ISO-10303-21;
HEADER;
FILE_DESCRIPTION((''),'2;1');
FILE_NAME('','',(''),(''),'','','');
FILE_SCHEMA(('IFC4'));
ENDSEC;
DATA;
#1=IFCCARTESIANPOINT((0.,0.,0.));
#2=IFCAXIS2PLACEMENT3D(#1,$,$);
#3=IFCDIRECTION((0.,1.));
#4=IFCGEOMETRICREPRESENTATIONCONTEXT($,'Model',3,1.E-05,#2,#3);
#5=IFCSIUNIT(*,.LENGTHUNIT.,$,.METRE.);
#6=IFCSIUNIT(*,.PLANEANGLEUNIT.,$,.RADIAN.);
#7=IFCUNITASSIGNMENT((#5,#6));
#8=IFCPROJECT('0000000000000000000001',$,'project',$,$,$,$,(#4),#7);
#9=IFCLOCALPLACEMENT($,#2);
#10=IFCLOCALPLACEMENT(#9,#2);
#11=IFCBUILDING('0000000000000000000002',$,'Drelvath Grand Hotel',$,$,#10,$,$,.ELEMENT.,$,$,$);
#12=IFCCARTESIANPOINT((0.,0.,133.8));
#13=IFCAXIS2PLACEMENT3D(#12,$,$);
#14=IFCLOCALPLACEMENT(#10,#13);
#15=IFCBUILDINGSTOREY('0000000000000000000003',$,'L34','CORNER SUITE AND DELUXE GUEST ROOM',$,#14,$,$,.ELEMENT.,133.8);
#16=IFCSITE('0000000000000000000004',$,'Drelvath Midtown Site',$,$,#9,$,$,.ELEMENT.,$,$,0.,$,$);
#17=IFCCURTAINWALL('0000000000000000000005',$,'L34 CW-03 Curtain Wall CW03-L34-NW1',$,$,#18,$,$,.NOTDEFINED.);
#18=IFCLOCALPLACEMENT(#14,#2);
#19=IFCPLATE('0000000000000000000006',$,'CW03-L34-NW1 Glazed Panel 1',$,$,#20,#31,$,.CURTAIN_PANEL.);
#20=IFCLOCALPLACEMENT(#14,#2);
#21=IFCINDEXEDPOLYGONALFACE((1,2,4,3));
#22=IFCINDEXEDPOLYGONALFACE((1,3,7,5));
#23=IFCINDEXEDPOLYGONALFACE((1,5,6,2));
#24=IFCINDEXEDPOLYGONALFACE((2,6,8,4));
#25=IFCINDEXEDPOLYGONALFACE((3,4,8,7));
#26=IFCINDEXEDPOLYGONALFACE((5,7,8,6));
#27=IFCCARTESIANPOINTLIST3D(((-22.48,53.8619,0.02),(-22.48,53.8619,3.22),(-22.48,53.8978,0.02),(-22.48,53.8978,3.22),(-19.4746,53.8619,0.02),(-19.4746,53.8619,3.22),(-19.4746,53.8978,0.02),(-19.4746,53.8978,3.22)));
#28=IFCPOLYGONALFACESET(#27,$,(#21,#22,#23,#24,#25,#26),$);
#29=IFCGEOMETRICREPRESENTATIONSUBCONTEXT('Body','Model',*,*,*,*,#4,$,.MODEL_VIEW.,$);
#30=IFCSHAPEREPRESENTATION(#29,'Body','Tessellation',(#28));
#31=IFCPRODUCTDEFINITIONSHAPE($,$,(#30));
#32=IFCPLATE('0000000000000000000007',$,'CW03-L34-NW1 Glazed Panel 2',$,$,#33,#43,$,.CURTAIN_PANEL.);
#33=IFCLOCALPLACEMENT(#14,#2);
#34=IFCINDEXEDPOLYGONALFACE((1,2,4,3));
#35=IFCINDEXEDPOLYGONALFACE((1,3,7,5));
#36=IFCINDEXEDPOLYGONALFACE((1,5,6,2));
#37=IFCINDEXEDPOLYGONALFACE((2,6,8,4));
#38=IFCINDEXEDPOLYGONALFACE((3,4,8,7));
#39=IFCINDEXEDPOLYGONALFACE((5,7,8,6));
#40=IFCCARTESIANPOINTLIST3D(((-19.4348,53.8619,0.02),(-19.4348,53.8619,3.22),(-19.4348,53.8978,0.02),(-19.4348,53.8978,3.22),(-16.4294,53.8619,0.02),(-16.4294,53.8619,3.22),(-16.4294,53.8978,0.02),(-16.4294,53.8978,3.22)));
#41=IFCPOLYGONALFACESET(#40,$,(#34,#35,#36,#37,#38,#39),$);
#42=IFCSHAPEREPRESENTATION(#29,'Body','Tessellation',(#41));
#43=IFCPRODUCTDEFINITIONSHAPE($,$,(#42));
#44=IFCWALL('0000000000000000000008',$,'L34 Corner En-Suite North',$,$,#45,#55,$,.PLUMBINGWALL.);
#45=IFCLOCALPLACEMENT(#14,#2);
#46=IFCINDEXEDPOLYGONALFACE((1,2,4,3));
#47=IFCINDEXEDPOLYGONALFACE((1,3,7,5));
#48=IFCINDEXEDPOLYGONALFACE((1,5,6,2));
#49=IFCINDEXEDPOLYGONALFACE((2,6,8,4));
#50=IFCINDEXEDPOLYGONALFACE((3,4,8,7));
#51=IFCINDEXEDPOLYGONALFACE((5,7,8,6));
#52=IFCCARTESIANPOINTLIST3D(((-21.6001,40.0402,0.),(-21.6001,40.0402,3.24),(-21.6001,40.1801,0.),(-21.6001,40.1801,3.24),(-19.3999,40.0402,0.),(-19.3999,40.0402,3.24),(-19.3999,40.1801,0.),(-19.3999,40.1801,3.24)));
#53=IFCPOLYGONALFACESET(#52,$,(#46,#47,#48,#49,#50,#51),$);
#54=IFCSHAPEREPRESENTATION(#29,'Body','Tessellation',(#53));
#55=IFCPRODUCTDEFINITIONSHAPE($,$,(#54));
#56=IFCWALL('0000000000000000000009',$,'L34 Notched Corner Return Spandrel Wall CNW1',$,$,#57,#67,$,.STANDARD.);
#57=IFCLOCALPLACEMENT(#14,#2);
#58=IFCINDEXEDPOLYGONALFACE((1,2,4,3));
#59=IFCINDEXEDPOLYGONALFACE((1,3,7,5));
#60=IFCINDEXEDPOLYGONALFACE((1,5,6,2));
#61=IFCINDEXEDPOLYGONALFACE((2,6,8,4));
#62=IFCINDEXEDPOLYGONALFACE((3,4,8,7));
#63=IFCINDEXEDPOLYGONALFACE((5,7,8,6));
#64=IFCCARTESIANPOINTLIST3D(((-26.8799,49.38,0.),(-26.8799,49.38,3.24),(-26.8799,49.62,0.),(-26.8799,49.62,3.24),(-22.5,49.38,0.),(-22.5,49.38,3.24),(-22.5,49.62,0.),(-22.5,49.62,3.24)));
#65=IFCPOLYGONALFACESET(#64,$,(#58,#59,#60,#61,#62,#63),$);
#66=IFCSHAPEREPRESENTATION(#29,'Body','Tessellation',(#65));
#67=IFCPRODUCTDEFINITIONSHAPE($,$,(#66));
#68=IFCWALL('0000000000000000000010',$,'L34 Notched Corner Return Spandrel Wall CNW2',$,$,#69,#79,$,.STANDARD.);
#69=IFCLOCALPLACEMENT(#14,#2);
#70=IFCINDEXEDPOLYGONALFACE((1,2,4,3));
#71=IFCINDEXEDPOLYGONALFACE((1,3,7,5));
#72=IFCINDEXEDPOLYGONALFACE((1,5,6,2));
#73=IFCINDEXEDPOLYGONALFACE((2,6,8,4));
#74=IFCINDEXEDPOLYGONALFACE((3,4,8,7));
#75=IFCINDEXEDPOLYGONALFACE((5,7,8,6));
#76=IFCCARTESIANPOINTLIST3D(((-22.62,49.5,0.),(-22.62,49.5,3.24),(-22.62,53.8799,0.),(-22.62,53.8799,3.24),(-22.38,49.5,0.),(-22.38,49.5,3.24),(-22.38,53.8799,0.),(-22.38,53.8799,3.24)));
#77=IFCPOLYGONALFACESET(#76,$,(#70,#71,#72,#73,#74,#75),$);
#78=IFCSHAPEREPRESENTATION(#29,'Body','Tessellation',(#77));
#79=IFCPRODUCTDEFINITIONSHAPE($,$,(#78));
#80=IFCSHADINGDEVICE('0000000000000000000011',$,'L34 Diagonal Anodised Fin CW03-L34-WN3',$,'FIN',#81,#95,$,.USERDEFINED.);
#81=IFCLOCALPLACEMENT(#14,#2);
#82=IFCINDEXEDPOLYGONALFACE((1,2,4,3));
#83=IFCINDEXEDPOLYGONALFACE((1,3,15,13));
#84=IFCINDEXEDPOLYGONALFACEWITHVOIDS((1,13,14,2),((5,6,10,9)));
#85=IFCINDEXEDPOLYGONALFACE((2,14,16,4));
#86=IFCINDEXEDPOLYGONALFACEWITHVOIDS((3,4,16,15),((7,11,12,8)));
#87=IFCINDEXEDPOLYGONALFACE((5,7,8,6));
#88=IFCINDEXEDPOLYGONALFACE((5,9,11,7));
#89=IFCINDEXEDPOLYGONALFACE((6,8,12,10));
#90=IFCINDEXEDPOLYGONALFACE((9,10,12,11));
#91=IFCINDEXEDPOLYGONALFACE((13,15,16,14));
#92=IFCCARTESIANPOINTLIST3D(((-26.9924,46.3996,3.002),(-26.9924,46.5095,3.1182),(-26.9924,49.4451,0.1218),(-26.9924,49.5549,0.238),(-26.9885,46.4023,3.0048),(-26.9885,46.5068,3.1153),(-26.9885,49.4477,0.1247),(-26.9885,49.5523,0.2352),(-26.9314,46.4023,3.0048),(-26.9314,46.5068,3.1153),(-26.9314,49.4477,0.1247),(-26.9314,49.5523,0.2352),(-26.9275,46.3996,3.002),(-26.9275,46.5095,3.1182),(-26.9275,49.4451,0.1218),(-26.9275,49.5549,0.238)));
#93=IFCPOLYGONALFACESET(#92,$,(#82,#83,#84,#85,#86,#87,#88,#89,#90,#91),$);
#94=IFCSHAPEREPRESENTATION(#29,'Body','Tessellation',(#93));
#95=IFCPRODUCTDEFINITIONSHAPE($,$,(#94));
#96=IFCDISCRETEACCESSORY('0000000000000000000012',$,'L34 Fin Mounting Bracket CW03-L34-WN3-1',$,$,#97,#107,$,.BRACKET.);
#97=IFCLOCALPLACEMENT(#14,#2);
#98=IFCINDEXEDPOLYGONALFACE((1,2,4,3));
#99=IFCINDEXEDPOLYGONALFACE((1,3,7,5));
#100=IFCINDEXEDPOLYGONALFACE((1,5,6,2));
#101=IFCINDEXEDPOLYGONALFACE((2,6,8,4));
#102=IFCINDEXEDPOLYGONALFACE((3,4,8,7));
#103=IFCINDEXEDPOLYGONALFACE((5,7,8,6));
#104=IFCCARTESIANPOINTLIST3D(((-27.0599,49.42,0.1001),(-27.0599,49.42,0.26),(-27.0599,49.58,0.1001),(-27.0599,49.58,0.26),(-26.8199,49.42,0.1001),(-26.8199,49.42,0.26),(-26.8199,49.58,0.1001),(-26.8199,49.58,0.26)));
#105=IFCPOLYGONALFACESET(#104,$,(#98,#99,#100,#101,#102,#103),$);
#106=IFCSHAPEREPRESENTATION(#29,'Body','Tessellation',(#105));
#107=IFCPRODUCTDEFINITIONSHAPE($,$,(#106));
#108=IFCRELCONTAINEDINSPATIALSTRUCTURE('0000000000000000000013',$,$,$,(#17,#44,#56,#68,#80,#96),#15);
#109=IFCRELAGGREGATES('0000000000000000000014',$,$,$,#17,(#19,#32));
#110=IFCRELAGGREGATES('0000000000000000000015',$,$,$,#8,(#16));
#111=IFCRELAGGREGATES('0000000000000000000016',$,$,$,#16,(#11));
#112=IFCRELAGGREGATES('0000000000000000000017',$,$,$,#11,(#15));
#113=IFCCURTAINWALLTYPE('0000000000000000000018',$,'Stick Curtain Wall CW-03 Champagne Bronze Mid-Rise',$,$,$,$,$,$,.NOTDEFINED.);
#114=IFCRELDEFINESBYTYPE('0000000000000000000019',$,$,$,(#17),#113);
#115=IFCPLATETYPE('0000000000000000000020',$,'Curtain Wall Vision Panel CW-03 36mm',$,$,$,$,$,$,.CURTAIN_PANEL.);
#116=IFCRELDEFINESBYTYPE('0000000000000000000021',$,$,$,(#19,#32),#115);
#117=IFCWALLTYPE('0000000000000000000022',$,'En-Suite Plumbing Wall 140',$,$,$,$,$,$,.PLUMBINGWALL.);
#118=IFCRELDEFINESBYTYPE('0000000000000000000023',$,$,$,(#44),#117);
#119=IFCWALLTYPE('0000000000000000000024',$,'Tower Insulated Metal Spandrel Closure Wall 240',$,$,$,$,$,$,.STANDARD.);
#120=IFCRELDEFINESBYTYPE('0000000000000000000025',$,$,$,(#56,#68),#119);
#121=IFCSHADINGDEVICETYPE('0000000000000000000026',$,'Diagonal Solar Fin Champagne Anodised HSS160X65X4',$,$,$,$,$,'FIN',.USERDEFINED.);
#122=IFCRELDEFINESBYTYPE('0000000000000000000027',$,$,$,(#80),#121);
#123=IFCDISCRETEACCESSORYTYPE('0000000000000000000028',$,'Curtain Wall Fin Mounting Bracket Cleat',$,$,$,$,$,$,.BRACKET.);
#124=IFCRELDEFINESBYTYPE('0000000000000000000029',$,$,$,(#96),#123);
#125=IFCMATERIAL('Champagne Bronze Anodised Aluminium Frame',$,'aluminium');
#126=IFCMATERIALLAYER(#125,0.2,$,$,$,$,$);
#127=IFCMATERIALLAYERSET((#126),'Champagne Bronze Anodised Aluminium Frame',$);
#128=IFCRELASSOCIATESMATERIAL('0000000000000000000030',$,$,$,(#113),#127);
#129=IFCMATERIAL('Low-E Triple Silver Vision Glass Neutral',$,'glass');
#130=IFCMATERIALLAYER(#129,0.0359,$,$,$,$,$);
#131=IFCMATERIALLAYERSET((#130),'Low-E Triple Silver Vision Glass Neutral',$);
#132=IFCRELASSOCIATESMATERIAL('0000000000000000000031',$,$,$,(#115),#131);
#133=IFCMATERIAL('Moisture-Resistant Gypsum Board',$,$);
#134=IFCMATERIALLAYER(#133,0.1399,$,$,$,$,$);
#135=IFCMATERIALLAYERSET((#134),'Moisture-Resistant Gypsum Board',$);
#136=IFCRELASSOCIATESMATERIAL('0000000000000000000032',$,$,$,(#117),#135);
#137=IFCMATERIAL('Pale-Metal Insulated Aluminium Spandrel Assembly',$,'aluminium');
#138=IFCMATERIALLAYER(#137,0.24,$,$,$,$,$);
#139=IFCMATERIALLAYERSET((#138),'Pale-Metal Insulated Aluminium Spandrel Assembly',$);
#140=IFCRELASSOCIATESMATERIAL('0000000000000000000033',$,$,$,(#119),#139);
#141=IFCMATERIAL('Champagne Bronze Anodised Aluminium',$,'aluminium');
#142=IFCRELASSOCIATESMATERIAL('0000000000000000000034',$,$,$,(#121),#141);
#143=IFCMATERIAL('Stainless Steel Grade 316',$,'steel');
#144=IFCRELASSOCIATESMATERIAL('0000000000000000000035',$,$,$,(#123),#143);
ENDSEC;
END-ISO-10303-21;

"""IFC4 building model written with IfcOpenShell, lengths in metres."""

from ifc_helpers import new_model, si_unit, direction, frame, frame_2d, origin, origin_2d, place, context, subcontext, project, spatial, rectangle, hollow_rectangle, extrude, material, layer, layer_set, material_profile, profile_set, type_object, element, aggregate, save


model = new_model("IFC4")

# Units and contexts
model_context = context("Model", 3, precision=1e-05, world=origin(), true_north=direction((0.0, 1.0)))
body_context = subcontext(model_context, "Body", "Model", "MODEL_VIEW")
ifc_project = project(units=[si_unit("LENGTHUNIT", "METRE"), si_unit("PLANEANGLEUNIT", "RADIAN")], contexts=[model_context])

# Site, building, storey
site_placement = place(None, origin())
site = spatial("IfcSite", under=ifc_project, at=site_placement, Name="Drelvath Midtown Site", CompositionType="ELEMENT", RefElevation=0.0)
building_placement = place(site_placement, origin())
building = spatial("IfcBuilding", under=site, at=building_placement, Name="Drelvath Grand Hotel", CompositionType="ELEMENT")
storey_placement = place(building_placement, frame((0.0, 0.0, 133.8)))
storey = spatial("IfcBuildingStorey", under=building, at=storey_placement, Name="L34", Description="CORNER SUITE AND DELUXE GUEST ROOM", CompositionType="ELEMENT", Elevation=133.8)

# Curtain wall
ifc_material_1 = material(Name="Champagne Bronze Anodised Aluminium Frame", Category="aluminium")
ifc_layer_1 = layer(ifc_material_1, 0.2)
ifc_layer_set_1 = layer_set([ifc_layer_1], Name="Champagne Bronze Anodised Aluminium Frame")
curtain_wall_type = type_object("IfcCurtainWallType", Name="Stick Curtain Wall CW-03 Champagne Bronze Mid-Rise", PredefinedType="NOTDEFINED", material=ifc_layer_set_1)
curtain_wall_1_placement = place(storey_placement, origin())
curtain_wall_1 = element("IfcCurtainWall", 1, at=curtain_wall_1_placement, inside=storey, type_object=curtain_wall_type, Name="L34 CW-03 Curtain Wall CW03-L34-NW1", PredefinedType="NOTDEFINED")

# Plates
ifc_material_2 = material(Name="Low-E Triple Silver Vision Glass Neutral", Category="glass")
ifc_layer_2 = layer(ifc_material_2, 0.0359)
ifc_layer_set_2 = layer_set([ifc_layer_2], Name="Low-E Triple Silver Vision Glass Neutral")
plate_type = type_object("IfcPlateType", Name="Curtain Wall Vision Panel CW-03 36mm", PredefinedType="CURTAIN_PANEL", material=ifc_layer_set_2)
plate_1_placement = place(storey_placement, frame((-20.9773, 53.8799, 0.02), z_axis=(0.0, 0.0, 1.0), x_axis=(1.0, 0.0, 0.0)))
plate_1 = element("IfcPlate", 2, at=plate_1_placement, type_object=plate_type, Name="CW03-L34-NW1 Glazed Panel 1", PredefinedType="CURTAIN_PANEL", context=body_context, shape_type="SweptSolid", body=[
    extrude(rectangle(XDim=3.0054, YDim=0.0359, at=origin_2d()), origin(), (0.0, 0.0, 1.0), 3.2),
])
plate_2_placement = place(storey_placement, frame((-17.9321, 53.8799, 0.02), z_axis=(0.0, 0.0, 1.0), x_axis=(1.0, 0.0, 0.0)))
plate_2 = element("IfcPlate", 3, at=plate_2_placement, type_object=plate_type, Name="CW03-L34-NW1 Glazed Panel 2", PredefinedType="CURTAIN_PANEL", context=body_context, shape_type="SweptSolid", body=[
    extrude(rectangle(XDim=3.0054, YDim=0.0359, at=origin_2d()), origin(), (0.0, 0.0, 1.0), 3.2),
])
aggregate(curtain_wall_1, [plate_1, plate_2])

# Walls
ifc_material_3 = material(Name="Moisture-Resistant Gypsum Board")
ifc_layer_3 = layer(ifc_material_3, 0.1399)
ifc_layer_set_3 = layer_set([ifc_layer_3], Name="Moisture-Resistant Gypsum Board")
wall_type_1 = type_object("IfcWallType", Name="En-Suite Plumbing Wall 140", PredefinedType="PLUMBINGWALL", material=ifc_layer_set_3)
wall_placement = place(storey_placement, frame((-21.6001, 40.1101, 0.0), z_axis=(0.0, 0.0, 1.0), x_axis=(1.0, 0.0, 0.0)))
element("IfcWall", 4, at=wall_placement, inside=storey, type_object=wall_type_1, Name="L34 Corner En-Suite North", PredefinedType="PLUMBINGWALL", context=body_context, shape_type="SweptSolid", body=[
    extrude(rectangle(XDim=2.2002, YDim=0.1399, at=frame_2d((1.1001, 0.0))), origin(), (0.0, 0.0, 1.0), 3.24),
])
ifc_material_4 = material(Name="Pale-Metal Insulated Aluminium Spandrel Assembly", Category="aluminium")
ifc_layer_4 = layer(ifc_material_4, 0.24)
ifc_layer_set_4 = layer_set([ifc_layer_4], Name="Pale-Metal Insulated Aluminium Spandrel Assembly")
wall_type_2 = type_object("IfcWallType", Name="Tower Insulated Metal Spandrel Closure Wall 240", PredefinedType="STANDARD", material=ifc_layer_set_4)
for number, where, z_axis, x_axis, name in (
    (5, (-26.8799, 49.5, 0.0), (0.0, 0.0, 1.0), (1.0, 0.0, 0.0), "L34 Notched Corner Return Spandrel Wall CNW1"),
    (6, (-22.5, 49.5, 0.0), (0.0, 0.0, 1.0), (0.0, 1.0, 0.0), "L34 Notched Corner Return Spandrel Wall CNW2"),
):
    element("IfcWall", number, at=place(storey_placement, frame(where, z_axis=z_axis, x_axis=x_axis)), inside=storey, type_object=wall_type_2, Name=name, PredefinedType="STANDARD", context=body_context, shape_type="SweptSolid", body=[
        extrude(rectangle(XDim=4.3799, YDim=0.24, at=frame_2d((2.1899, 0.0))), origin(), (0.0, 0.0, 1.0), 3.24),
    ])

# Shading device
ifc_material_5 = material(Name="Champagne Bronze Anodised Aluminium", Category="aluminium")
ifc_material_profile_1 = material_profile(ifc_material_5, hollow_rectangle(XDim=0.0649, YDim=0.1599, WallThickness=0.0039, at=origin_2d()), Name="HSS160X65X4")
ifc_profile_set_1 = profile_set([ifc_material_profile_1], Name="Champagne Bronze Anodised Aluminium")
shading_device_type = type_object("IfcShadingDeviceType", Name="Diagonal Solar Fin Champagne Anodised HSS160X65X4", ElementType="FIN", PredefinedType="USERDEFINED", material=ifc_profile_set_1)
shading_device_placement = place(storey_placement, frame((-26.96, 49.5, 0.1799), z_axis=(0.0, -0.726548, 0.687116), x_axis=(1.0, 0.0, 0.0)))
element("IfcShadingDevice", 7, at=shading_device_placement, inside=storey, type_object=shading_device_type, Name="L34 Diagonal Anodised Fin CW03-L34-WN3", ObjectType="FIN", PredefinedType="USERDEFINED", context=body_context, shape_type="SweptSolid", body=[
    extrude(hollow_rectangle(XDim=0.0649, YDim=0.1599, WallThickness=0.0039, at=origin_2d()), origin(), (0.0, 0.0, 1.0), 4.1917),
])

# Discrete accessory
ifc_material_6 = material(Name="Stainless Steel Grade 316", Category="steel")
discrete_accessory_type = type_object("IfcDiscreteAccessoryType", Name="Curtain Wall Fin Mounting Bracket Cleat", PredefinedType="BRACKET", material=ifc_material_6)
discrete_accessory_placement = place(storey_placement, frame((-26.9399, 49.5, 0.1001), z_axis=(0.0, 0.0, 1.0), x_axis=(0.0, 1.0, 0.0)))
element("IfcDiscreteAccessory", 8, at=discrete_accessory_placement, inside=storey, type_object=discrete_accessory_type, Name="L34 Fin Mounting Bracket CW03-L34-WN3-1", PredefinedType="BRACKET", context=body_context, shape_type="SweptSolid", body=[
    extrude(rectangle(XDim=0.1599, YDim=0.24, at=origin_2d()), origin(), (0.0, 0.0, 1.0), 0.1599),
])

save(model, "model.ifc")
